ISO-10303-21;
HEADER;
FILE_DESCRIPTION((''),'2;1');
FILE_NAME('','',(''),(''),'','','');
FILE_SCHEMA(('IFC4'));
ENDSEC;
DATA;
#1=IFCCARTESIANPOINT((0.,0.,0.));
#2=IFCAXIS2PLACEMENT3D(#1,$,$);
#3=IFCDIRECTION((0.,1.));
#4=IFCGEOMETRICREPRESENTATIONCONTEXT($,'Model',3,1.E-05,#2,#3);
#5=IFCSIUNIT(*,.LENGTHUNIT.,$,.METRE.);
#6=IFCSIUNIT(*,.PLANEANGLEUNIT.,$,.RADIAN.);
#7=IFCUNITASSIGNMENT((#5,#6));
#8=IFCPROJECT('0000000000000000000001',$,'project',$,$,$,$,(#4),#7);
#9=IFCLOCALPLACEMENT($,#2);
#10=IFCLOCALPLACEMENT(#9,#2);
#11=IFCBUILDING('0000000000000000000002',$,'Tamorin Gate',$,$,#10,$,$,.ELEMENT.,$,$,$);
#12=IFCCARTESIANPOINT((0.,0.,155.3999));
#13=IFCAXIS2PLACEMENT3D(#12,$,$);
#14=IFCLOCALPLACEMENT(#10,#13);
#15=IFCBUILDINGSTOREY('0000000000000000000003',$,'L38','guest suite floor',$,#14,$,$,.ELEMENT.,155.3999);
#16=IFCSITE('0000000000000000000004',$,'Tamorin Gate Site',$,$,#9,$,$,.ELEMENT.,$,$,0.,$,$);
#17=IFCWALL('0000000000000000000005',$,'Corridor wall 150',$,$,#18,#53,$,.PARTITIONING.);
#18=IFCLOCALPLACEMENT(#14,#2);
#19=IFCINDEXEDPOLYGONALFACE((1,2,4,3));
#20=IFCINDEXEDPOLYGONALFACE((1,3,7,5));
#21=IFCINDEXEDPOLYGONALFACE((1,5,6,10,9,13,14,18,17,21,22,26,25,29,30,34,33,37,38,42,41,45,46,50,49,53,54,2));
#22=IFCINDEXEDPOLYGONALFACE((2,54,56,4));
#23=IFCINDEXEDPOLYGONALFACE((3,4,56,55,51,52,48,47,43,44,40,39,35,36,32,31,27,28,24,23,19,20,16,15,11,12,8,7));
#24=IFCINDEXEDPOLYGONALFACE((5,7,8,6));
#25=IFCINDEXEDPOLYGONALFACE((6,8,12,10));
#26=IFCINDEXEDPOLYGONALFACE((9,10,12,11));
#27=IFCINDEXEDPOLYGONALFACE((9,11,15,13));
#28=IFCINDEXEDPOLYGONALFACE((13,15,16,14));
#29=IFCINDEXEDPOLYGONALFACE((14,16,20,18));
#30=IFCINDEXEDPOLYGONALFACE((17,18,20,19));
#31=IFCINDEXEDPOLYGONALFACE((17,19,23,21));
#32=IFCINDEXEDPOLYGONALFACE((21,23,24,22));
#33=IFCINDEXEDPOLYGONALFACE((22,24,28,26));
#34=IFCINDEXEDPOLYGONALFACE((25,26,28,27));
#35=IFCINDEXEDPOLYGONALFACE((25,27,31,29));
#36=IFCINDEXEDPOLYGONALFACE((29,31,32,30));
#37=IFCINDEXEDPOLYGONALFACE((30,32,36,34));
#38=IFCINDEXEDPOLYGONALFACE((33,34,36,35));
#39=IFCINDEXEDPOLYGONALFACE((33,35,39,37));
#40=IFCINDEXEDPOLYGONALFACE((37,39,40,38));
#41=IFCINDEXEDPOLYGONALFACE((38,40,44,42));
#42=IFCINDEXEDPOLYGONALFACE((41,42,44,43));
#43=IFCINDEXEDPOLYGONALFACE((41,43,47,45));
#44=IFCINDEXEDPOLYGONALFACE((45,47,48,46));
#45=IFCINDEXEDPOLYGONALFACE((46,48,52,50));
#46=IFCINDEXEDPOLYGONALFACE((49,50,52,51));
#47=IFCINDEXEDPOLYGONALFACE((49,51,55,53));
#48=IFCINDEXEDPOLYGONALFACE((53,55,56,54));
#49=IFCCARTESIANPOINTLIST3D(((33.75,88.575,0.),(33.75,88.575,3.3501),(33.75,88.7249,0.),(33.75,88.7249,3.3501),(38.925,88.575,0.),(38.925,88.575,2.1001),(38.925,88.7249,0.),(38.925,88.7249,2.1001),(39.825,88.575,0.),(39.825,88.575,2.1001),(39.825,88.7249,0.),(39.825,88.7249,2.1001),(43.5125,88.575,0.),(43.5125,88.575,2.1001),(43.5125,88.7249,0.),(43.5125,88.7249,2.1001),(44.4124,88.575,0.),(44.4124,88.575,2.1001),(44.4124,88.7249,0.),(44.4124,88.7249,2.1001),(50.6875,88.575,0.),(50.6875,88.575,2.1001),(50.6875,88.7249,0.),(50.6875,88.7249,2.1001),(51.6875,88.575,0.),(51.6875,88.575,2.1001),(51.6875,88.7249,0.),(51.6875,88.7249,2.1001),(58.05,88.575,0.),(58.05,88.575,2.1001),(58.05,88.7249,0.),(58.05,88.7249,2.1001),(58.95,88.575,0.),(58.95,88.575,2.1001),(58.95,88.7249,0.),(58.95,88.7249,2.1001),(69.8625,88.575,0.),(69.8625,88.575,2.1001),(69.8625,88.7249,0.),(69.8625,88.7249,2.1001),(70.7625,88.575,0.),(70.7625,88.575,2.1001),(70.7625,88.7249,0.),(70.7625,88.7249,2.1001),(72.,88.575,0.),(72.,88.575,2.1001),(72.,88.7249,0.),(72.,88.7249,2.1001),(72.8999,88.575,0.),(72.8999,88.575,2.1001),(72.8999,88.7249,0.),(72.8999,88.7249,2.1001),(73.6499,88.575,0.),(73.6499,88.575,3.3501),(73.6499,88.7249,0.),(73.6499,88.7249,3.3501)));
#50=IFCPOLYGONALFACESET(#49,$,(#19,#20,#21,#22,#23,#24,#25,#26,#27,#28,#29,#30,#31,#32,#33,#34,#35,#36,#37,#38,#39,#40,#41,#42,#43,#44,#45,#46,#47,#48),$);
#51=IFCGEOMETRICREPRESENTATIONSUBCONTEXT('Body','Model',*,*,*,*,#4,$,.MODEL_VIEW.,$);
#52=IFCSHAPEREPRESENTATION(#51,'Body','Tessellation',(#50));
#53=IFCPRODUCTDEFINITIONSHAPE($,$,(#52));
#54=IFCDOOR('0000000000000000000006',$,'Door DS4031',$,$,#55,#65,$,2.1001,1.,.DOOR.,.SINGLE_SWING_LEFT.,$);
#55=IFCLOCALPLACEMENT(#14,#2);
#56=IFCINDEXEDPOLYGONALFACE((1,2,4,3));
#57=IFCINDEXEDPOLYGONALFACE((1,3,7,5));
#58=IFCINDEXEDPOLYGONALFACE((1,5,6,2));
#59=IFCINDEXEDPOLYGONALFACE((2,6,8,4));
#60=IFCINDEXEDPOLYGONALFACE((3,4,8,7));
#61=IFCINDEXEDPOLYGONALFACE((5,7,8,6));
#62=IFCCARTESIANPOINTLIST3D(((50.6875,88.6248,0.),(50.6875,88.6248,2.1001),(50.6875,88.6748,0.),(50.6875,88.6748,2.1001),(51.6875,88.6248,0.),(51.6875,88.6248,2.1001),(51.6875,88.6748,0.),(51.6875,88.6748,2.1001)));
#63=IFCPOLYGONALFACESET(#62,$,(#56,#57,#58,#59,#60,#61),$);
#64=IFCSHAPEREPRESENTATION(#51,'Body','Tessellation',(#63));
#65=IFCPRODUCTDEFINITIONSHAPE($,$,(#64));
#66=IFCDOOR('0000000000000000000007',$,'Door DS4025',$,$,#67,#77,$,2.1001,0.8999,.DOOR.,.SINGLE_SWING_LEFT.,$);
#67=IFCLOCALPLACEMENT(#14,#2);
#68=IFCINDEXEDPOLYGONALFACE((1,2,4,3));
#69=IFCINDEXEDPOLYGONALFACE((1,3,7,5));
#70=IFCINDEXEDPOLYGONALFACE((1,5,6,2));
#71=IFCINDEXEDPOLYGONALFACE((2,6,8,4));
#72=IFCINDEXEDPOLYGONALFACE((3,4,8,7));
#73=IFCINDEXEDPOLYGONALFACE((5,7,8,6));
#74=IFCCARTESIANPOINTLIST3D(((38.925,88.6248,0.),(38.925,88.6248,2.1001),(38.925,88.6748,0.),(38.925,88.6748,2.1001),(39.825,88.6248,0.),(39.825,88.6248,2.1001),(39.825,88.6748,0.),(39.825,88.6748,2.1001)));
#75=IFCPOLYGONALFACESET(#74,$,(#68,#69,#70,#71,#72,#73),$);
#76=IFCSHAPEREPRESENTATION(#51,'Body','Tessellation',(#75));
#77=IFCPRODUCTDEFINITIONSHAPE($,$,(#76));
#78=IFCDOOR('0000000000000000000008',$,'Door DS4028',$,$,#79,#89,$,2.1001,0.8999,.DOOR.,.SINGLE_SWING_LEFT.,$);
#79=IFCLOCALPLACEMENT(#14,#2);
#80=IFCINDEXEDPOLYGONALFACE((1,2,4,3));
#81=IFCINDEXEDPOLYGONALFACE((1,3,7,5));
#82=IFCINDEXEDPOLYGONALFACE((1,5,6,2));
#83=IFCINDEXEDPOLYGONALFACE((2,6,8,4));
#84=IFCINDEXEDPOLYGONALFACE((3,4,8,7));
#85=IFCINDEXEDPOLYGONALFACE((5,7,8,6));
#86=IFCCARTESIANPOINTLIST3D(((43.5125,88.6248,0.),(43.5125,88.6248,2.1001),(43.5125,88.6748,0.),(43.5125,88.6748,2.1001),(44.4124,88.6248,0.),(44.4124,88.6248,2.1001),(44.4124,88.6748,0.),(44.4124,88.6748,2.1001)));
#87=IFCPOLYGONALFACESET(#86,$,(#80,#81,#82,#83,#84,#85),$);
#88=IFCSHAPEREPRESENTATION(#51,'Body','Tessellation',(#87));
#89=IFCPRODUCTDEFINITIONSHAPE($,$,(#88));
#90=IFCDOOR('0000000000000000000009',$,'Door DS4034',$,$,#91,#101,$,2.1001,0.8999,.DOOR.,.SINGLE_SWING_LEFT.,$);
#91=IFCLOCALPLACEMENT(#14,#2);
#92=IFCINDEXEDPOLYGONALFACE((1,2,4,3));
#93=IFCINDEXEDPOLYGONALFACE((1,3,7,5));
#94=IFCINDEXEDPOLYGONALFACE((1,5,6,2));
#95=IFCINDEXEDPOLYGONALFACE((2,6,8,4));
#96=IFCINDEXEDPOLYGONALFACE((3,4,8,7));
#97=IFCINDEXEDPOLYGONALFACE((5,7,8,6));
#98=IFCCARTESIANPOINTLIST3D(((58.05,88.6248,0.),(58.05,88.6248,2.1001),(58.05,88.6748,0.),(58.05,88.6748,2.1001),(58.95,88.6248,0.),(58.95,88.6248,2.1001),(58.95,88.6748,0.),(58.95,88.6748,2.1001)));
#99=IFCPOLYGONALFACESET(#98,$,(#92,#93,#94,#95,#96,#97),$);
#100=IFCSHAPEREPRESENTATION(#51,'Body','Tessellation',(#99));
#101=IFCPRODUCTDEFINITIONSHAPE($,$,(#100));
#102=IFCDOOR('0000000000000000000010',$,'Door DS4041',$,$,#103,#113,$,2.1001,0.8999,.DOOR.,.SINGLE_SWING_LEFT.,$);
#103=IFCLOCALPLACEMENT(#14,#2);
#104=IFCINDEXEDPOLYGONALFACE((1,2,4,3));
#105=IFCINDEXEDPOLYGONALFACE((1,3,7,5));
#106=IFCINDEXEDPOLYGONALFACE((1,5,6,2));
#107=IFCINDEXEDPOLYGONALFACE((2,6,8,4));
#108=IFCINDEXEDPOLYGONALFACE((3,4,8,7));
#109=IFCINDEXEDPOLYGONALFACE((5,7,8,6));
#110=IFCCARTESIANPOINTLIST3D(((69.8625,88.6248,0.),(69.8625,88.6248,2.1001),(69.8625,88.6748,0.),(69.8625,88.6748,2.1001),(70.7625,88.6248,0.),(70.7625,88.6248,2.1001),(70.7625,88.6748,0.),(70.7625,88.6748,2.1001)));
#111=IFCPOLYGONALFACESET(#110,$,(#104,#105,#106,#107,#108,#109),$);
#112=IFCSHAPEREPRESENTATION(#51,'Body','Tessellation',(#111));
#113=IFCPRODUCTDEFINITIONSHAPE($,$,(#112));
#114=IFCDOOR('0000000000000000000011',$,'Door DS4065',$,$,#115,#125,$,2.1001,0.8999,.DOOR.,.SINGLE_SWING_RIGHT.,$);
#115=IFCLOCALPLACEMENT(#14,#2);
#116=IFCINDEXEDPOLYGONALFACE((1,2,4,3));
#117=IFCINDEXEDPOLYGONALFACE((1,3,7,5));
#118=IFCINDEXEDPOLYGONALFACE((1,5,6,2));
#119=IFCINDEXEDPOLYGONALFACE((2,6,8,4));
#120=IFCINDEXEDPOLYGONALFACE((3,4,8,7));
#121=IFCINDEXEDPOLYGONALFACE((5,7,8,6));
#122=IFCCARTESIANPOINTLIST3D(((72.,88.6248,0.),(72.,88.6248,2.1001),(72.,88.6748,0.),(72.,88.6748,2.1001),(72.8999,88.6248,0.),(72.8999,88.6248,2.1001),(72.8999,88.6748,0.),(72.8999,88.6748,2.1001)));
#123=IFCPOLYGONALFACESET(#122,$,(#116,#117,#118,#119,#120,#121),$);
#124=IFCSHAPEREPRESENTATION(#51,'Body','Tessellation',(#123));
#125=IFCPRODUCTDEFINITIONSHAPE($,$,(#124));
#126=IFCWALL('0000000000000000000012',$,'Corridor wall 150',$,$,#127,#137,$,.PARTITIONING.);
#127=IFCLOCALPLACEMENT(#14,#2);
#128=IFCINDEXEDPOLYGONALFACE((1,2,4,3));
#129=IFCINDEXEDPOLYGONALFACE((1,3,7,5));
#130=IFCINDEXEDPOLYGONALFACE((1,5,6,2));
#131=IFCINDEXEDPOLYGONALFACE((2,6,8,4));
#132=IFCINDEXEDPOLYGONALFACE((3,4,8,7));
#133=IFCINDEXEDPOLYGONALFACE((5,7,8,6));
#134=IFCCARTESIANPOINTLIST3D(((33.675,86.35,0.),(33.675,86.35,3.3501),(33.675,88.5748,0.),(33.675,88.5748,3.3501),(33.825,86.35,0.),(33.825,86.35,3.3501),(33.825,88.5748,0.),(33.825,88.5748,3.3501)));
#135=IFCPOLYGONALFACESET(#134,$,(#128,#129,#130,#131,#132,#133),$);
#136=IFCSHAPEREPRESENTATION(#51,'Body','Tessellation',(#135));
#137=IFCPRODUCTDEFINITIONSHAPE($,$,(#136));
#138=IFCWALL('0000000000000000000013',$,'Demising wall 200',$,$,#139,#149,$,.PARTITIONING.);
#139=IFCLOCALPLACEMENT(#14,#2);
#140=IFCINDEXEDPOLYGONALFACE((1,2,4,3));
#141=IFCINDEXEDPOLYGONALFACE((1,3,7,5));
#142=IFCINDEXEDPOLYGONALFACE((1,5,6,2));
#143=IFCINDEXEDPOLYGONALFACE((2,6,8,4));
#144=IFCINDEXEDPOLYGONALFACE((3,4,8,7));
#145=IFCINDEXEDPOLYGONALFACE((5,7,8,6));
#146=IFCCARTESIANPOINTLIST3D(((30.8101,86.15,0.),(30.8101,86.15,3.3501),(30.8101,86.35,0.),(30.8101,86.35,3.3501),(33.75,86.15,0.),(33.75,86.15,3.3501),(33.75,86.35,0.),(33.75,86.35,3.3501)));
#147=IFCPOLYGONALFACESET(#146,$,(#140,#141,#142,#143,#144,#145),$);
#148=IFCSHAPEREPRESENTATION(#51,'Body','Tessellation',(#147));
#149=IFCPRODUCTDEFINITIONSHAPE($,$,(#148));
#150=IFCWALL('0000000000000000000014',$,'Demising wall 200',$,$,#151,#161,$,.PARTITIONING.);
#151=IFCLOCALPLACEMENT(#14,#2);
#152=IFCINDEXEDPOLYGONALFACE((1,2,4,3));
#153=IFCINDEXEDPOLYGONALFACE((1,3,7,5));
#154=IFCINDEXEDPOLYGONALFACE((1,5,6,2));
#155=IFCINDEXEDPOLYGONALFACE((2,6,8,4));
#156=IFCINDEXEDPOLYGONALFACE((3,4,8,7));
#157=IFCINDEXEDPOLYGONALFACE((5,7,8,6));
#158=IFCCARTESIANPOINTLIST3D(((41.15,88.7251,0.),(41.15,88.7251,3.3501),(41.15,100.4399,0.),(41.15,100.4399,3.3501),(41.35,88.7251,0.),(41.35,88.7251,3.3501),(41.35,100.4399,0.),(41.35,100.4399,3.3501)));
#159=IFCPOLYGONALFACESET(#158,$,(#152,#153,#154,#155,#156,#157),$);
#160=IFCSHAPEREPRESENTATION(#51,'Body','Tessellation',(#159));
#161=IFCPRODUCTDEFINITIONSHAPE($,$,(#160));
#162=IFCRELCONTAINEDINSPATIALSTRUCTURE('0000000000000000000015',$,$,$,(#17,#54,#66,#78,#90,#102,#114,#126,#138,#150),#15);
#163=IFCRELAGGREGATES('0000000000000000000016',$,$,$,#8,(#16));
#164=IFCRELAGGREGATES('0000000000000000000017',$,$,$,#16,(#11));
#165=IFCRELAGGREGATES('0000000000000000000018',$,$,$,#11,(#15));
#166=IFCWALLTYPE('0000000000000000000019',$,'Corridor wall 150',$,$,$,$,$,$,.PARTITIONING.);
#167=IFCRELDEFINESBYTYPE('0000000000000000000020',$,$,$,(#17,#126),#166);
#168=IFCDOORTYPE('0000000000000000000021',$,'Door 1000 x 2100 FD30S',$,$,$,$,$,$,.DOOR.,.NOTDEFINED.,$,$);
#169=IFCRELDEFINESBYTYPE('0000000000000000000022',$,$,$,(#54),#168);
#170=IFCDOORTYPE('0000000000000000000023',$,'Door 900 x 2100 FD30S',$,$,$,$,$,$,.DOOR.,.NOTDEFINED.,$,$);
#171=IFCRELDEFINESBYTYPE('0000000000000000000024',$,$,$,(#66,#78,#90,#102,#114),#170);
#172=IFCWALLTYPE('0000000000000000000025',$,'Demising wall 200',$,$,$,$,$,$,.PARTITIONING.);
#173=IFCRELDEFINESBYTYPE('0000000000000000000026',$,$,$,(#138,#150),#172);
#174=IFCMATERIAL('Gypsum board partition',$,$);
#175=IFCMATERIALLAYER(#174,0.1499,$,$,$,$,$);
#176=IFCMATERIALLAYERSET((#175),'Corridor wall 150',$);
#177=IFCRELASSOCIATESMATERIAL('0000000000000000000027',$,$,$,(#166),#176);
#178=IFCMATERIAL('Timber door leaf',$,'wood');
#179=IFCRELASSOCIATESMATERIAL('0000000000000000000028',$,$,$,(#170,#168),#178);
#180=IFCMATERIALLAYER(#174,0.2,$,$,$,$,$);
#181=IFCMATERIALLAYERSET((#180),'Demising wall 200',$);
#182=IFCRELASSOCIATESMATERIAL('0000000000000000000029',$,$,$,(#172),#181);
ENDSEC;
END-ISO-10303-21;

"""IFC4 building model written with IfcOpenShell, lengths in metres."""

from ifc_helpers import new_model, si_unit, direction, frame, frame_2d, origin, place, context, subcontext, project, spatial, rectangle, extrude, material, layer, layer_set, type_object, element, fill, save


model = new_model("IFC4")

# Units and contexts
model_context = context("Model", 3, precision=1e-05, world=origin(), true_north=direction((0.0, 1.0)))
body_context = subcontext(model_context, "Body", "Model", "MODEL_VIEW")
ifc_project = project(units=[si_unit("LENGTHUNIT", "METRE"), si_unit("PLANEANGLEUNIT", "RADIAN")], contexts=[model_context])

# Site, building, storey
site_placement = place(None, origin())
site = spatial("IfcSite", under=ifc_project, at=site_placement, Name="Tamorin Gate Site", CompositionType="ELEMENT", RefElevation=0.0)
building_placement = place(site_placement, origin())
building = spatial("IfcBuilding", under=site, at=building_placement, Name="Tamorin Gate", CompositionType="ELEMENT")
storey_placement = place(building_placement, frame((0.0, 0.0, 155.3999)))
storey = spatial("IfcBuildingStorey", under=building, at=storey_placement, Name="L38", Description="guest suite floor", CompositionType="ELEMENT", Elevation=155.3999)

# Wall, openings, doors
ifc_material_1 = material(Name="Gypsum board partition")
ifc_layer_1 = layer(ifc_material_1, 0.1499)
ifc_layer_set_1 = layer_set([ifc_layer_1], Name="Corridor wall 150")
wall_type_1 = type_object("IfcWallType", Name="Corridor wall 150", PredefinedType="PARTITIONING", material=ifc_layer_set_1)
ifc_material_2 = material(Name="Timber door leaf", Category="wood")
door_type_1 = type_object("IfcDoorType", Name="Door 900 x 2100 FD30S", OperationType="NOTDEFINED", PredefinedType="DOOR", material=ifc_material_2)
wall_1_placement = place(storey_placement, frame((33.75, 88.6499, 0.0), z_axis=(0.0, 0.0, 1.0), x_axis=(1.0, 0.0, 0.0)))
wall_1 = element("IfcWall", 1, at=wall_1_placement, inside=storey, type_object=wall_type_1, Name="Corridor wall 150", PredefinedType="PARTITIONING", context=body_context, shape_type="SweptSolid", body=[
    extrude(rectangle(XDim=39.8999, YDim=0.1499, at=frame_2d((19.95, 0.0))), origin(), (0.0, 0.0, 1.0), 3.3501),
])
opening_1_placement = place(wall_1_placement, frame((5.175, 0.0, 0.0)))
opening_1 = element("IfcOpeningElement", 2, at=opening_1_placement, cuts=wall_1, PredefinedType="OPENING", context=body_context, shape_type="SweptSolid", body=[
    extrude(rectangle(XDim=0.8999, YDim=2.1001, at=frame_2d((0.45, 1.05))), frame((0.0, 0.085, 0.0), z_axis=(0.0, -1.0, 0.0), x_axis=(1.0, 0.0, 0.0)), (0.0, 0.0, 1.0), 0.1699),
])
opening_2_placement = place(wall_1_placement, frame((9.7625, 0.0, 0.0)))
opening_2 = element("IfcOpeningElement", 3, at=opening_2_placement, cuts=wall_1, PredefinedType="OPENING", context=body_context, shape_type="SweptSolid", body=[
    extrude(rectangle(XDim=0.8999, YDim=2.1001, at=frame_2d((0.45, 1.05))), frame((0.0, 0.085, 0.0), z_axis=(0.0, -1.0, 0.0), x_axis=(1.0, 0.0, 0.0)), (0.0, 0.0, 1.0), 0.1699),
])
opening_3_placement = place(wall_1_placement, frame((16.9375, 0.0, 0.0)))
opening_3 = element("IfcOpeningElement", 4, at=opening_3_placement, cuts=wall_1, PredefinedType="OPENING", context=body_context, shape_type="SweptSolid", body=[
    extrude(rectangle(XDim=1.0, YDim=2.1001, at=frame_2d((0.5, 1.05))), frame((0.0, 0.085, 0.0), z_axis=(0.0, -1.0, 0.0), x_axis=(1.0, 0.0, 0.0)), (0.0, 0.0, 1.0), 0.1699),
])
opening_4_placement = place(wall_1_placement, frame((24.3, 0.0, 0.0)))
opening_4 = element("IfcOpeningElement", 5, at=opening_4_placement, cuts=wall_1, PredefinedType="OPENING", context=body_context, shape_type="SweptSolid", body=[
    extrude(rectangle(XDim=0.8999, YDim=2.1001, at=frame_2d((0.45, 1.05))), frame((0.0, 0.085, 0.0), z_axis=(0.0, -1.0, 0.0), x_axis=(1.0, 0.0, 0.0)), (0.0, 0.0, 1.0), 0.1699),
])
opening_5_placement = place(wall_1_placement, frame((36.1125, 0.0, 0.0)))
opening_5 = element("IfcOpeningElement", 6, at=opening_5_placement, cuts=wall_1, PredefinedType="OPENING", context=body_context, shape_type="SweptSolid", body=[
    extrude(rectangle(XDim=0.8999, YDim=2.1001, at=frame_2d((0.45, 1.05))), frame((0.0, 0.085, 0.0), z_axis=(0.0, -1.0, 0.0), x_axis=(1.0, 0.0, 0.0)), (0.0, 0.0, 1.0), 0.1699),
])
opening_6_placement = place(wall_1_placement, frame((38.25, 0.0, 0.0)))
opening_6 = element("IfcOpeningElement", 7, at=opening_6_placement, cuts=wall_1, PredefinedType="OPENING", context=body_context, shape_type="SweptSolid", body=[
    extrude(rectangle(XDim=0.8999, YDim=2.1001, at=frame_2d((0.45, 1.05))), frame((0.0, 0.085, 0.0), z_axis=(0.0, -1.0, 0.0), x_axis=(1.0, 0.0, 0.0)), (0.0, 0.0, 1.0), 0.1699),
])
door_type_2 = type_object("IfcDoorType", Name="Door 1000 x 2100 FD30S", OperationType="NOTDEFINED", PredefinedType="DOOR", material=ifc_material_2)
door_1_placement = place(opening_3_placement, origin())
door_1 = element("IfcDoor", 8, at=door_1_placement, inside=storey, type_object=door_type_2, Name="Door DS4031", OperationType="SINGLE_SWING_LEFT", OverallHeight=2.1001, OverallWidth=1.0, PredefinedType="DOOR", context=body_context, shape_type="SweptSolid", body=[
    extrude(rectangle(XDim=1.0, YDim=2.1001, at=frame_2d((0.5, 1.05))), frame((0.0, 0.0249, 0.0), z_axis=(0.0, -1.0, 0.0), x_axis=(1.0, 0.0, 0.0)), (0.0, 0.0, 1.0), 0.05),
])
fill(opening_3, door_1)
door_2_placement = place(opening_1_placement, origin())
door_2 = element("IfcDoor", 9, at=door_2_placement, inside=storey, type_object=door_type_1, Name="Door DS4025", OperationType="SINGLE_SWING_LEFT", OverallHeight=2.1001, OverallWidth=0.8999, PredefinedType="DOOR", context=body_context, shape_type="SweptSolid", body=[
    extrude(rectangle(XDim=0.8999, YDim=2.1001, at=frame_2d((0.45, 1.05))), frame((0.0, 0.0249, 0.0), z_axis=(0.0, -1.0, 0.0), x_axis=(1.0, 0.0, 0.0)), (0.0, 0.0, 1.0), 0.05),
])
fill(opening_1, door_2)
door_3_placement = place(opening_2_placement, origin())
door_3 = element("IfcDoor", 10, at=door_3_placement, inside=storey, type_object=door_type_1, Name="Door DS4028", OperationType="SINGLE_SWING_LEFT", OverallHeight=2.1001, OverallWidth=0.8999, PredefinedType="DOOR", context=body_context, shape_type="SweptSolid", body=[
    extrude(rectangle(XDim=0.8999, YDim=2.1001, at=frame_2d((0.45, 1.05))), frame((0.0, 0.0249, 0.0), z_axis=(0.0, -1.0, 0.0), x_axis=(1.0, 0.0, 0.0)), (0.0, 0.0, 1.0), 0.05),
])
fill(opening_2, door_3)
door_4_placement = place(opening_4_placement, origin())
door_4 = element("IfcDoor", 11, at=door_4_placement, inside=storey, type_object=door_type_1, Name="Door DS4034", OperationType="SINGLE_SWING_LEFT", OverallHeight=2.1001, OverallWidth=0.8999, PredefinedType="DOOR", context=body_context, shape_type="SweptSolid", body=[
    extrude(rectangle(XDim=0.8999, YDim=2.1001, at=frame_2d((0.45, 1.05))), frame((0.0, 0.0249, 0.0), z_axis=(0.0, -1.0, 0.0), x_axis=(1.0, 0.0, 0.0)), (0.0, 0.0, 1.0), 0.05),
])
fill(opening_4, door_4)
door_5_placement = place(opening_5_placement, origin())
door_5 = element("IfcDoor", 12, at=door_5_placement, inside=storey, type_object=door_type_1, Name="Door DS4041", OperationType="SINGLE_SWING_LEFT", OverallHeight=2.1001, OverallWidth=0.8999, PredefinedType="DOOR", context=body_context, shape_type="SweptSolid", body=[
    extrude(rectangle(XDim=0.8999, YDim=2.1001, at=frame_2d((0.45, 1.05))), frame((0.0, 0.0249, 0.0), z_axis=(0.0, -1.0, 0.0), x_axis=(1.0, 0.0, 0.0)), (0.0, 0.0, 1.0), 0.05),
])
fill(opening_5, door_5)
door_6_placement = place(opening_6_placement, origin())
door_6 = element("IfcDoor", 13, at=door_6_placement, inside=storey, type_object=door_type_1, Name="Door DS4065", OperationType="SINGLE_SWING_RIGHT", OverallHeight=2.1001, OverallWidth=0.8999, PredefinedType="DOOR", context=body_context, shape_type="SweptSolid", body=[
    extrude(rectangle(XDim=0.8999, YDim=2.1001, at=frame_2d((0.45, 1.05))), frame((0.0, 0.0249, 0.0), z_axis=(0.0, -1.0, 0.0), x_axis=(1.0, 0.0, 0.0)), (0.0, 0.0, 1.0), 0.05),
])
fill(opening_6, door_6)

# Walls
wall_2_placement = place(storey_placement, frame((33.75, 86.3501, 0.0), z_axis=(0.0, 0.0, 1.0), x_axis=(0.0, 1.0, 0.0)))
element("IfcWall", 14, at=wall_2_placement, inside=storey, type_object=wall_type_1, Name="Corridor wall 150", PredefinedType="PARTITIONING", context=body_context, shape_type="SweptSolid", body=[
    extrude(rectangle(XDim=2.2249, YDim=0.1499, at=frame_2d((1.1123, 0.0))), origin(), (0.0, 0.0, 1.0), 3.3501),
])
ifc_layer_2 = layer(ifc_material_1, 0.2)
ifc_layer_set_2 = layer_set([ifc_layer_2], Name="Demising wall 200")
wall_type_2 = type_object("IfcWallType", Name="Demising wall 200", PredefinedType="PARTITIONING", material=ifc_layer_set_2)
wall_3_placement = place(storey_placement, frame((30.8101, 86.25, 0.0), z_axis=(0.0, 0.0, 1.0), x_axis=(1.0, 0.0, 0.0)))
element("IfcWall", 15, at=wall_3_placement, inside=storey, type_object=wall_type_2, Name="Demising wall 200", PredefinedType="PARTITIONING", context=body_context, shape_type="SweptSolid", body=[
    extrude(rectangle(XDim=2.9399, YDim=0.2, at=frame_2d((1.47, 0.0))), origin(), (0.0, 0.0, 1.0), 3.3501),
])
wall_4_placement = place(storey_placement, frame((41.25, 88.7251, 0.0), z_axis=(0.0, 0.0, 1.0), x_axis=(0.0, 1.0, 0.0)))
element("IfcWall", 16, at=wall_4_placement, inside=storey, type_object=wall_type_2, Name="Demising wall 200", PredefinedType="PARTITIONING", context=body_context, shape_type="SweptSolid", body=[
    extrude(rectangle(XDim=11.7148, YDim=0.2, at=frame_2d((5.8574, 0.0))), origin(), (0.0, 0.0, 1.0), 3.3501),
])

save(model, "model.ifc")
